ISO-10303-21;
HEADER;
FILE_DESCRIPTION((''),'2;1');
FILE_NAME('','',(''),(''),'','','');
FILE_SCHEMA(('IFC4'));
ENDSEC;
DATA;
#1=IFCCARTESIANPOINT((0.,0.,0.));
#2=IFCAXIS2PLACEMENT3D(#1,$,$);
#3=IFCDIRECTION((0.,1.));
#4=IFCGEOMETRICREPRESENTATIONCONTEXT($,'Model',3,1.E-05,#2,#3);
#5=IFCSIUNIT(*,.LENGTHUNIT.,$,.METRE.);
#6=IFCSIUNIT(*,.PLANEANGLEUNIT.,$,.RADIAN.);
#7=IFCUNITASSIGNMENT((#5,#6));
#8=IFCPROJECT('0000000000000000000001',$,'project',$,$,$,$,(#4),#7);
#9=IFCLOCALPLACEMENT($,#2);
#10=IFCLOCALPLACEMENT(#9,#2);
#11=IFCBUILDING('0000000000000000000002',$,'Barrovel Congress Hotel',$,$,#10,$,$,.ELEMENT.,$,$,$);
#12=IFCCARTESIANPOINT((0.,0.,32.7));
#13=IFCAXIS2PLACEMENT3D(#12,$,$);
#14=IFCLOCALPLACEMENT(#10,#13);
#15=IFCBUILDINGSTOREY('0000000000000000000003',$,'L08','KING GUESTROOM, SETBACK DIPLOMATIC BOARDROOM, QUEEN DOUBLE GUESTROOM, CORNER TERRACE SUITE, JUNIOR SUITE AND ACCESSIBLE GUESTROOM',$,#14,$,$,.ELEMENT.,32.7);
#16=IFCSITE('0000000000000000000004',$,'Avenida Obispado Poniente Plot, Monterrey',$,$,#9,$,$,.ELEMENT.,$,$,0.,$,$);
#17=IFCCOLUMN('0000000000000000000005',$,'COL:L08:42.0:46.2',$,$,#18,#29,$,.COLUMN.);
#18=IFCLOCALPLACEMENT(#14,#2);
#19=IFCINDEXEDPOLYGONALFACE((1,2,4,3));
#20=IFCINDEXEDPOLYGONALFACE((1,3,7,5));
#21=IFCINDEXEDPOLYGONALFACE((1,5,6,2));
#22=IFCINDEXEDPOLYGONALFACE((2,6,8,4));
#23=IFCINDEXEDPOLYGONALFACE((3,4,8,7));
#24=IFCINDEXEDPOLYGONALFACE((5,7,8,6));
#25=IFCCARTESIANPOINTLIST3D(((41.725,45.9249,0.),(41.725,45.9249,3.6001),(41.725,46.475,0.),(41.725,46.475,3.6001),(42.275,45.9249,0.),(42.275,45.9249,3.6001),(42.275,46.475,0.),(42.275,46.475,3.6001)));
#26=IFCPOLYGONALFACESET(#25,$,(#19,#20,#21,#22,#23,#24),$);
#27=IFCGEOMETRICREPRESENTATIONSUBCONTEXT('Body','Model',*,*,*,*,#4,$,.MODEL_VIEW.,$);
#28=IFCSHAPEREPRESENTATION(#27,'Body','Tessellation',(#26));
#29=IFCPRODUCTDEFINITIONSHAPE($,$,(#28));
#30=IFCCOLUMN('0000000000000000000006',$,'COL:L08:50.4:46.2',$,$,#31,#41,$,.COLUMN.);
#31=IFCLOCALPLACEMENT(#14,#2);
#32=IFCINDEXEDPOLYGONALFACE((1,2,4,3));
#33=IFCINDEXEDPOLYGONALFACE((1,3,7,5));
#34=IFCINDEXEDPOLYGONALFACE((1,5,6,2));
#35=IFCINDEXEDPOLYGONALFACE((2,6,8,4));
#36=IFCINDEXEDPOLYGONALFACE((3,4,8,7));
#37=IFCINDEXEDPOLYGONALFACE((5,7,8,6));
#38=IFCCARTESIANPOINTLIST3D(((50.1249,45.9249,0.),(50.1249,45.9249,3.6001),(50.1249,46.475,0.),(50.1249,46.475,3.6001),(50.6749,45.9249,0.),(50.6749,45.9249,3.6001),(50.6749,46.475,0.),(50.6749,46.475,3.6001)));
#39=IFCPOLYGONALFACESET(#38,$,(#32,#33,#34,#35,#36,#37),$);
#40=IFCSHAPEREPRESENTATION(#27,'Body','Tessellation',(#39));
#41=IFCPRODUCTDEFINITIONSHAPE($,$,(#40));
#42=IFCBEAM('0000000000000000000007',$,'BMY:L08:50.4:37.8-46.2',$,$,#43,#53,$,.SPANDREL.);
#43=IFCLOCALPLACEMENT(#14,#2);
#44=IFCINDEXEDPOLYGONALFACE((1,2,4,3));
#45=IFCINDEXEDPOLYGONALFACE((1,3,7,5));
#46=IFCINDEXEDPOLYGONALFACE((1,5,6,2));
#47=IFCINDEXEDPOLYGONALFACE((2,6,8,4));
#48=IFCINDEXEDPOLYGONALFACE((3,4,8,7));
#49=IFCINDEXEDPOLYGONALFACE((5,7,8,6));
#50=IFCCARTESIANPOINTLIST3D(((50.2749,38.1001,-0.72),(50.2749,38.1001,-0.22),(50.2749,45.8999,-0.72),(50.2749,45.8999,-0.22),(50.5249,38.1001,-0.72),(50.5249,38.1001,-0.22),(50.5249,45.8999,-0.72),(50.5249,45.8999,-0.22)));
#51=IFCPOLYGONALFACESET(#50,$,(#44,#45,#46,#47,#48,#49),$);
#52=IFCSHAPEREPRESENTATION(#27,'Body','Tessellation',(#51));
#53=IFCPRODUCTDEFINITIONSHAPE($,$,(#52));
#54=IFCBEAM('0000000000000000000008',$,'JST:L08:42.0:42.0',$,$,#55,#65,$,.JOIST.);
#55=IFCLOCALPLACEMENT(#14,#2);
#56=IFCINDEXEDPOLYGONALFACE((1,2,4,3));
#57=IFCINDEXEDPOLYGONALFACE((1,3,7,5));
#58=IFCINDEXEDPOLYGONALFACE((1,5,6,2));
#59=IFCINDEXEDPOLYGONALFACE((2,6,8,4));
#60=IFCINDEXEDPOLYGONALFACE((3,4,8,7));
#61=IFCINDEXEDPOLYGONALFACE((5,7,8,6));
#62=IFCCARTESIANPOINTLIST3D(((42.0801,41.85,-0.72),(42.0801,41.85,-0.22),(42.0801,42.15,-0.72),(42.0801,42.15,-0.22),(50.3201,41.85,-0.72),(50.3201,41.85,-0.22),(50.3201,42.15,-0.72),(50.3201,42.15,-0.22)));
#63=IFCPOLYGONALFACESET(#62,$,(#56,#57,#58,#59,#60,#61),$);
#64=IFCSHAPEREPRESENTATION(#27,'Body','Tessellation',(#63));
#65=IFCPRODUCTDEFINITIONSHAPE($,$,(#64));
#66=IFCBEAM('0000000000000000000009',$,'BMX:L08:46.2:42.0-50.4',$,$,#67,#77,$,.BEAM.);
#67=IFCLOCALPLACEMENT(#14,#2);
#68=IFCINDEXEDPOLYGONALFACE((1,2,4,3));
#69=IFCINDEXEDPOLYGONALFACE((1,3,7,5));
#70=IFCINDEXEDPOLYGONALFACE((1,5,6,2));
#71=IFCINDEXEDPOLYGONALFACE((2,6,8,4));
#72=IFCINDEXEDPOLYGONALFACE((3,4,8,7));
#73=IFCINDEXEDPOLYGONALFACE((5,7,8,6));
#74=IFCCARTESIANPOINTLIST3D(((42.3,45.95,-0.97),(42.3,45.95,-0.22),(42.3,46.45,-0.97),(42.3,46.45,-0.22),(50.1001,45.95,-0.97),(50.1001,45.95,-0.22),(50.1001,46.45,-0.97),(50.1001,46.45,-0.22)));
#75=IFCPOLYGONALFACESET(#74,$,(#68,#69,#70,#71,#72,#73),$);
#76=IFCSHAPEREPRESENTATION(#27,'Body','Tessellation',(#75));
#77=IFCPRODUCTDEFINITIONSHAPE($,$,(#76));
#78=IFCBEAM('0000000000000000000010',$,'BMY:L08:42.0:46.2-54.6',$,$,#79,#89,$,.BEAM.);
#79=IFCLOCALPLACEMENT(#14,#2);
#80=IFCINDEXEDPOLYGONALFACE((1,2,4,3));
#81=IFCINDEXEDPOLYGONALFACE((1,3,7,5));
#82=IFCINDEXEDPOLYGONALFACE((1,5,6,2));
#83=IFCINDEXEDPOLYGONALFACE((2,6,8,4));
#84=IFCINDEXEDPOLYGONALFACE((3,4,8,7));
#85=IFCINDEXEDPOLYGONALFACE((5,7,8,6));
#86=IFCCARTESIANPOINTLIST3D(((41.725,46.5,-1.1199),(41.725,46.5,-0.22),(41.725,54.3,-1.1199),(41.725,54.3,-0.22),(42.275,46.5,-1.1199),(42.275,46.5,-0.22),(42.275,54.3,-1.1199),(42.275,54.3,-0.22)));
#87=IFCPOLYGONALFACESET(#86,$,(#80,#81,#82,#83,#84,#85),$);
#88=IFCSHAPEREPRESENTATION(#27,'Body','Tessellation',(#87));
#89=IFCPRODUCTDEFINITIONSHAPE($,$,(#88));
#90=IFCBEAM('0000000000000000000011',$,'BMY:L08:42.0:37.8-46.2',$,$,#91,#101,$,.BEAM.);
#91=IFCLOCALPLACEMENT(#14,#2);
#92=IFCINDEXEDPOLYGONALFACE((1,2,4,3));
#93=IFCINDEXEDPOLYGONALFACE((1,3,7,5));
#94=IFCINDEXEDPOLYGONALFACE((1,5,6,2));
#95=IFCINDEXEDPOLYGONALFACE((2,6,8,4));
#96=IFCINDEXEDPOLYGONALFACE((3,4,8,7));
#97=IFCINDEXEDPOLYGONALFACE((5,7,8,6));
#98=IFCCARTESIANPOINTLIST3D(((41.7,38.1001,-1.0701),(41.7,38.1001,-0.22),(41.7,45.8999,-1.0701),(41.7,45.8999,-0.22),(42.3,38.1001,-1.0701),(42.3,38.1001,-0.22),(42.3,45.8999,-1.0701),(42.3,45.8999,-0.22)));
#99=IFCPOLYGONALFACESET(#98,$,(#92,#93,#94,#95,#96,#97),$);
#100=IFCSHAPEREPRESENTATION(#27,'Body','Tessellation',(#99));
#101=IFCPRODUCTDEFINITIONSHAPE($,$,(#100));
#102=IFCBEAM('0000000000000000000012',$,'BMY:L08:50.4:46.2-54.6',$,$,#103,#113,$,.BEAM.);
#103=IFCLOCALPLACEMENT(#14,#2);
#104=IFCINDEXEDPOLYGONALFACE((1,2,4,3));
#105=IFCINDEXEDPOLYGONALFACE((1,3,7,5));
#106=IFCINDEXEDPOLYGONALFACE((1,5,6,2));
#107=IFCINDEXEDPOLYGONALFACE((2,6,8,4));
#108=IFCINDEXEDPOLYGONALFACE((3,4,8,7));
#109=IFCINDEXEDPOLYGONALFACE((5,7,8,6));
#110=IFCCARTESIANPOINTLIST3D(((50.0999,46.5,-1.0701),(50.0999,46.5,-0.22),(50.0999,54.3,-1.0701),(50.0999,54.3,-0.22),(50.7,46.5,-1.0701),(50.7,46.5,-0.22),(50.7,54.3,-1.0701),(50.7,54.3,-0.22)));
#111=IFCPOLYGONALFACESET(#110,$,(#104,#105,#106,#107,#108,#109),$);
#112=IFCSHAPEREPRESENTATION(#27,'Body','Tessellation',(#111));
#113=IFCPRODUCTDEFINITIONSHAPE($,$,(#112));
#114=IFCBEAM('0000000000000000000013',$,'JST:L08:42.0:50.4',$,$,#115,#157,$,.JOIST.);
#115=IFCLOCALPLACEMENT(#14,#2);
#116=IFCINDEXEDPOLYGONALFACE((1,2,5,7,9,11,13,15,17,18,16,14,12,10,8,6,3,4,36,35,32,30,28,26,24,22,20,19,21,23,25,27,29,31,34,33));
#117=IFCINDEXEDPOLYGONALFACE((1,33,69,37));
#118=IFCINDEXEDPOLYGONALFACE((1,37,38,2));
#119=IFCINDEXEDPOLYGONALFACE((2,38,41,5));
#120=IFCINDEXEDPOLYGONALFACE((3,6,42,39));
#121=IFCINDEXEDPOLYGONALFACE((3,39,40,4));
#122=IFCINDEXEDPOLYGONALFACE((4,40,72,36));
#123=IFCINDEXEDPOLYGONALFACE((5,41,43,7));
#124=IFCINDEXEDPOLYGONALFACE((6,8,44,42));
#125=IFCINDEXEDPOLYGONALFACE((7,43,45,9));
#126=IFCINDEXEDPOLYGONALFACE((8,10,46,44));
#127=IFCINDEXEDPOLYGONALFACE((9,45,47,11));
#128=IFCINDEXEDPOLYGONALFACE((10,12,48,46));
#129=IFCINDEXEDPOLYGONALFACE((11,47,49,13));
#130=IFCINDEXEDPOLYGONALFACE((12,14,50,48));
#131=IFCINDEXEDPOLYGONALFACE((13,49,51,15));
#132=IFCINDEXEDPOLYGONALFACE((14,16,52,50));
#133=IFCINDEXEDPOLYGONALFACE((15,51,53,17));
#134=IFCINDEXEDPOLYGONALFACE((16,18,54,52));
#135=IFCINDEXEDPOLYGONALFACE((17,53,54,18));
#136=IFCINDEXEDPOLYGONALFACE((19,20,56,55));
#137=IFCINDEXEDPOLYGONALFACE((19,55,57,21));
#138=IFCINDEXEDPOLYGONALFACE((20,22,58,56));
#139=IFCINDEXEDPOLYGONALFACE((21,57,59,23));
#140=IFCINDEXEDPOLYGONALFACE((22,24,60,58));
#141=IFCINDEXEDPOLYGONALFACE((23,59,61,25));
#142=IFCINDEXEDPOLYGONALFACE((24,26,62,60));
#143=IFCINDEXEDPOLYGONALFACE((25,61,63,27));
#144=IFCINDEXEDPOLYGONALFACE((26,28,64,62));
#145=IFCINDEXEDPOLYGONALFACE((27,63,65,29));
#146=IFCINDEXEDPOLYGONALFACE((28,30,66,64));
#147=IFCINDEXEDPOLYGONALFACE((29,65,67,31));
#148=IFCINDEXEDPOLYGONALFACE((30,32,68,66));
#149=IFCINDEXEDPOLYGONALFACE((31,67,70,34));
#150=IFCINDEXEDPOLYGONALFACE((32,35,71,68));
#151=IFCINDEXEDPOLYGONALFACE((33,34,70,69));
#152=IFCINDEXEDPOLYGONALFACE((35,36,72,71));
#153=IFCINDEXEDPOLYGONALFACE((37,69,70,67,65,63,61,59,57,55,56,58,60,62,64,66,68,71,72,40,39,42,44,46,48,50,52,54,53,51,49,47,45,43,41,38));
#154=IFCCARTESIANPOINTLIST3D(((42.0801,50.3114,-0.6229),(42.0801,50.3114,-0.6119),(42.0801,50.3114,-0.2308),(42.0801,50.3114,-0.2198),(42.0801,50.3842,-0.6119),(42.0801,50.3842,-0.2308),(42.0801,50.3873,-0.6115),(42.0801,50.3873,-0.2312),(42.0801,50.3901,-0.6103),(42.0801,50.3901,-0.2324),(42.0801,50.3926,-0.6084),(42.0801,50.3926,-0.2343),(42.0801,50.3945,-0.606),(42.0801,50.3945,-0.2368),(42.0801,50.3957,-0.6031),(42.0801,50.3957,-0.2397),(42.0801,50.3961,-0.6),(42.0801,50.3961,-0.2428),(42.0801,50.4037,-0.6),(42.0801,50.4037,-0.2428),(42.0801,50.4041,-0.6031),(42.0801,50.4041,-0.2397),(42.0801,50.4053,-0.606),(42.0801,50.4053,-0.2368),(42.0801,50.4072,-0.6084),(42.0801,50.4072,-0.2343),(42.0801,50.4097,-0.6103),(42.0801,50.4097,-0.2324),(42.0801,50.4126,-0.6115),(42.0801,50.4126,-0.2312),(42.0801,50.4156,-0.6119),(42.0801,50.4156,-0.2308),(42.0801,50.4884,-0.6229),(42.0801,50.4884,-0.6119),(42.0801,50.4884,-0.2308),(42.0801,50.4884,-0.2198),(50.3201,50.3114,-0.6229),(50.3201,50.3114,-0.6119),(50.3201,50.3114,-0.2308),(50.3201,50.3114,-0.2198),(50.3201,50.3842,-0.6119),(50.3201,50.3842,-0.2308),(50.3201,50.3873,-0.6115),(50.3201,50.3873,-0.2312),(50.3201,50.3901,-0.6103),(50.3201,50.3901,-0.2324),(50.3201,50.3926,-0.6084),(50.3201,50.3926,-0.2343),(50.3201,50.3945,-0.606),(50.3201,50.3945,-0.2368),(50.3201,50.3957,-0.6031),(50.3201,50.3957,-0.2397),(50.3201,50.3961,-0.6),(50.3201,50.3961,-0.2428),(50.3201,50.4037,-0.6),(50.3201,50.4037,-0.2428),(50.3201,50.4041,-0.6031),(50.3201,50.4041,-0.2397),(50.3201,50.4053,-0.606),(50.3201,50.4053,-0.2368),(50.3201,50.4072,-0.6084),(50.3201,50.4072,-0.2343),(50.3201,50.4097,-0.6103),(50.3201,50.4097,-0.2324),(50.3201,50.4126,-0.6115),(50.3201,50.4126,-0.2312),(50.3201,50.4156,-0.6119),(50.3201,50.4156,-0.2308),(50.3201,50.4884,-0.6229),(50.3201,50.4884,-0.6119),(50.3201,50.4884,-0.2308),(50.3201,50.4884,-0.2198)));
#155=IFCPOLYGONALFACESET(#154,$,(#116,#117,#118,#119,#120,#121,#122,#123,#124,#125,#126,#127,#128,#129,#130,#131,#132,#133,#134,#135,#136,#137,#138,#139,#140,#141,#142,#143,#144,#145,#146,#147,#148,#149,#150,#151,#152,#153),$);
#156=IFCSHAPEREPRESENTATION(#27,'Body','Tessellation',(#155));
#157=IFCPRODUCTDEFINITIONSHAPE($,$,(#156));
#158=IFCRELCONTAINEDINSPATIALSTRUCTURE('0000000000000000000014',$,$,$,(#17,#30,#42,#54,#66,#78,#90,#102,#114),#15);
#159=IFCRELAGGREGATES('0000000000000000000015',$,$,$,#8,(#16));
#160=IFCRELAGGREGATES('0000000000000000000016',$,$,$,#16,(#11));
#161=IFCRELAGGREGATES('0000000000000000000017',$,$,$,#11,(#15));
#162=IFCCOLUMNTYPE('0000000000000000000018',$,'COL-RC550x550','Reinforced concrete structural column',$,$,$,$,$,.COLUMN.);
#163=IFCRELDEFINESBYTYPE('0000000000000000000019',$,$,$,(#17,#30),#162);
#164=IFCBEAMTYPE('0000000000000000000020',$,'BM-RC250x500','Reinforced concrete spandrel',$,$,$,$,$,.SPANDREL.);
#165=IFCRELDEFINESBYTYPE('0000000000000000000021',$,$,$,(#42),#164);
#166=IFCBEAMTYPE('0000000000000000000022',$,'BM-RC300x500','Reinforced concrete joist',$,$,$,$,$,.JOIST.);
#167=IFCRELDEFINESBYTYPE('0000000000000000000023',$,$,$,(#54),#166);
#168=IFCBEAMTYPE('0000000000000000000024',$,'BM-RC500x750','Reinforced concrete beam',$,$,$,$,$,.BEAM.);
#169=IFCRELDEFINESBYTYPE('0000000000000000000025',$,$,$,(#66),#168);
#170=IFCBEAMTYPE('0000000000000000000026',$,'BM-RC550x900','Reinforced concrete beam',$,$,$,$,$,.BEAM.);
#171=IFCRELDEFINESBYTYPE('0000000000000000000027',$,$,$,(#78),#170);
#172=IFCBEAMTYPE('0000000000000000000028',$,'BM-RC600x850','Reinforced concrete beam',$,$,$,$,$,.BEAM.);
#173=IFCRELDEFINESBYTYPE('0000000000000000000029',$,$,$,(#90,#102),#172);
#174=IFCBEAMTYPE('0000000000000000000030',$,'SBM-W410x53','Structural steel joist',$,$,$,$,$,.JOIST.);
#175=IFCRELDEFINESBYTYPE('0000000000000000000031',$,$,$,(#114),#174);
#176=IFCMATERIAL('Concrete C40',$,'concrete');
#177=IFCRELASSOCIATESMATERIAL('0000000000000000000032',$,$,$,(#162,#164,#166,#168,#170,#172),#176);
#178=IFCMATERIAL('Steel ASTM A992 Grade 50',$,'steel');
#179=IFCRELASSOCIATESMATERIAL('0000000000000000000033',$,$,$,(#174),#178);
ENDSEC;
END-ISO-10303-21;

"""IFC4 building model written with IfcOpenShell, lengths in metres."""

from ifc_helpers import new_model, si_unit, direction, frame, origin, origin_2d, place, context, subcontext, project, spatial, rectangle, i_section, extrude, material, material_profile, profile_set, type_object, element, save


model = new_model("IFC4")

# Units and contexts
model_context = context("Model", 3, precision=1e-05, world=origin(), true_north=direction((0.0, 1.0)))
body_context = subcontext(model_context, "Body", "Model", "MODEL_VIEW")
ifc_project = project(units=[si_unit("LENGTHUNIT", "METRE"), si_unit("PLANEANGLEUNIT", "RADIAN")], contexts=[model_context])

# Site, building, storey
site_placement = place(None, origin())
site = spatial("IfcSite", under=ifc_project, at=site_placement, Name="Avenida Obispado Poniente Plot, Monterrey", CompositionType="ELEMENT", RefElevation=0.0)
building_placement = place(site_placement, origin())
building = spatial("IfcBuilding", under=site, at=building_placement, Name="Barrovel Congress Hotel", CompositionType="ELEMENT")
storey_placement = place(building_placement, frame((0.0, 0.0, 32.7)))
storey = spatial("IfcBuildingStorey", under=building, at=storey_placement, Name="L08", Description="KING GUESTROOM, SETBACK DIPLOMATIC BOARDROOM, QUEEN DOUBLE GUESTROOM, CORNER TERRACE SUITE, JUNIOR SUITE AND ACCESSIBLE GUESTROOM", CompositionType="ELEMENT", Elevation=32.7)

# Columns
ifc_material_1 = material(Name="Concrete C40", Category="concrete")
ifc_material_profile_1 = material_profile(ifc_material_1, rectangle(XDim=0.55, YDim=0.55, at=origin_2d()), Name="RC550x550")
ifc_profile_set_1 = profile_set([ifc_material_profile_1], Name="Concrete C40")
column_type = type_object("IfcColumnType", Name="COL-RC550x550", Description="Reinforced concrete structural column", PredefinedType="COLUMN", material=ifc_profile_set_1)
for number, where, z_axis, x_axis, name in (
    (1, (42.0, 46.2, 0.0), (0.0, 0.0, 1.0), (1.0, 0.0, 0.0), "COL:L08:42.0:46.2"),
    (2, (50.3999, 46.2, 0.0), (0.0, 0.0, 1.0), (1.0, 0.0, 0.0), "COL:L08:50.4:46.2"),
):
    element("IfcColumn", number, at=place(storey_placement, frame(where, z_axis=z_axis, x_axis=x_axis)), inside=storey, type_object=column_type, Name=name, PredefinedType="COLUMN", context=body_context, shape_type="SweptSolid", body=[
        extrude(rectangle(XDim=0.55, YDim=0.55, at=origin_2d()), origin(), (0.0, 0.0, 1.0), 3.6001),
    ])

# Beams
ifc_material_profile_2 = material_profile(ifc_material_1, rectangle(XDim=0.25, YDim=0.5, at=origin_2d()), Name="RC250x500")
ifc_profile_set_2 = profile_set([ifc_material_profile_2], Name="Concrete C40")
beam_type_1 = type_object("IfcBeamType", Name="BM-RC250x500", Description="Reinforced concrete spandrel", PredefinedType="SPANDREL", material=ifc_profile_set_2)
beam_1_placement = place(storey_placement, frame((50.3999, 38.1001, -0.47), z_axis=(0.0, 1.0, 0.0), x_axis=(-1.0, 0.0, 0.0)))
element("IfcBeam", 3, at=beam_1_placement, inside=storey, type_object=beam_type_1, Name="BMY:L08:50.4:37.8-46.2", PredefinedType="SPANDREL", context=body_context, shape_type="SweptSolid", body=[
    extrude(rectangle(XDim=0.25, YDim=0.5, at=origin_2d()), origin(), (0.0, 0.0, 1.0), 7.7998),
])
ifc_material_profile_3 = material_profile(ifc_material_1, rectangle(XDim=0.3, YDim=0.5, at=origin_2d()), Name="RC300x500")
ifc_profile_set_3 = profile_set([ifc_material_profile_3], Name="Concrete C40")
beam_type_2 = type_object("IfcBeamType", Name="BM-RC300x500", Description="Reinforced concrete joist", PredefinedType="JOIST", material=ifc_profile_set_3)
beam_2_placement = place(storey_placement, frame((42.0801, 42.0, -0.47), z_axis=(1.0, 0.0, 0.0), x_axis=(0.0, 1.0, 0.0)))
element("IfcBeam", 4, at=beam_2_placement, inside=storey, type_object=beam_type_2, Name="JST:L08:42.0:42.0", PredefinedType="JOIST", context=body_context, shape_type="SweptSolid", body=[
    extrude(rectangle(XDim=0.3, YDim=0.5, at=origin_2d()), origin(), (0.0, 0.0, 1.0), 8.24),
])
ifc_material_profile_4 = material_profile(ifc_material_1, rectangle(XDim=0.5, YDim=0.75, at=origin_2d()), Name="RC500x750")
ifc_profile_set_4 = profile_set([ifc_material_profile_4], Name="Concrete C40")
beam_type_3 = type_object("IfcBeamType", Name="BM-RC500x750", Description="Reinforced concrete beam", PredefinedType="BEAM", material=ifc_profile_set_4)
beam_3_placement = place(storey_placement, frame((42.3, 46.2, -0.595), z_axis=(1.0, 0.0, 0.0), x_axis=(0.0, 1.0, 0.0)))
element("IfcBeam", 5, at=beam_3_placement, inside=storey, type_object=beam_type_3, Name="BMX:L08:46.2:42.0-50.4", PredefinedType="BEAM", context=body_context, shape_type="SweptSolid", body=[
    extrude(rectangle(XDim=0.5, YDim=0.75, at=origin_2d()), origin(), (0.0, 0.0, 1.0), 7.8),
])
ifc_material_profile_5 = material_profile(ifc_material_1, rectangle(XDim=0.55, YDim=0.8999, at=origin_2d()), Name="RC550x900")
ifc_profile_set_5 = profile_set([ifc_material_profile_5], Name="Concrete C40")
beam_type_4 = type_object("IfcBeamType", Name="BM-RC550x900", Description="Reinforced concrete beam", PredefinedType="BEAM", material=ifc_profile_set_5)
beam_4_placement = place(storey_placement, frame((42.0, 46.5, -0.6699), z_axis=(0.0, 1.0, 0.0), x_axis=(-1.0, 0.0, 0.0)))
element("IfcBeam", 6, at=beam_4_placement, inside=storey, type_object=beam_type_4, Name="BMY:L08:42.0:46.2-54.6", PredefinedType="BEAM", context=body_context, shape_type="SweptSolid", body=[
    extrude(rectangle(XDim=0.55, YDim=0.8999, at=origin_2d()), origin(), (0.0, 0.0, 1.0), 7.8),
])
ifc_material_profile_6 = material_profile(ifc_material_1, rectangle(XDim=0.6001, YDim=0.8501, at=origin_2d()), Name="RC600x850")
ifc_profile_set_6 = profile_set([ifc_material_profile_6], Name="Concrete C40")
beam_type_5 = type_object("IfcBeamType", Name="BM-RC600x850", Description="Reinforced concrete beam", PredefinedType="BEAM", material=ifc_profile_set_6)
beam_5_placement = place(storey_placement, frame((42.0, 38.1001, -0.645), z_axis=(0.0, 1.0, 0.0), x_axis=(-1.0, 0.0, 0.0)))
element("IfcBeam", 7, at=beam_5_placement, inside=storey, type_object=beam_type_5, Name="BMY:L08:42.0:37.8-46.2", PredefinedType="BEAM", context=body_context, shape_type="SweptSolid", body=[
    extrude(rectangle(XDim=0.6001, YDim=0.8501, at=origin_2d()), origin(), (0.0, 0.0, 1.0), 7.7998),
])
beam_6_placement = place(storey_placement, frame((50.3999, 46.5, -0.645), z_axis=(0.0, 1.0, 0.0), x_axis=(-1.0, 0.0, 0.0)))
element("IfcBeam", 8, at=beam_6_placement, inside=storey, type_object=beam_type_5, Name="BMY:L08:50.4:46.2-54.6", PredefinedType="BEAM", context=body_context, shape_type="SweptSolid", body=[
    extrude(rectangle(XDim=0.6001, YDim=0.8501, at=origin_2d()), origin(), (0.0, 0.0, 1.0), 7.8),
])
ifc_material_2 = material(Name="Steel ASTM A992 Grade 50", Category="steel")
ifc_material_profile_7 = material_profile(ifc_material_2, i_section(OverallWidth=0.177, OverallDepth=0.4031, WebThickness=0.0076, FlangeThickness=0.011, FilletRadius=0.012, at=origin_2d()), Name="W410x53")
ifc_profile_set_7 = profile_set([ifc_material_profile_7], Name="Steel ASTM A992 Grade 50")
beam_type_6 = type_object("IfcBeamType", Name="SBM-W410x53", Description="Structural steel joist", PredefinedType="JOIST", material=ifc_profile_set_7)
beam_7_placement = place(storey_placement, frame((42.0801, 50.3999, -0.4214), z_axis=(1.0, 0.0, 0.0), x_axis=(0.0, 1.0, 0.0)))
element("IfcBeam", 9, at=beam_7_placement, inside=storey, type_object=beam_type_6, Name="JST:L08:42.0:50.4", PredefinedType="JOIST", context=body_context, shape_type="SweptSolid", body=[
    extrude(i_section(OverallWidth=0.177, OverallDepth=0.4031, WebThickness=0.0076, FlangeThickness=0.011, FilletRadius=0.012, at=origin_2d()), origin(), (0.0, 0.0, 1.0), 8.24),
])

save(model, "model.ifc")
